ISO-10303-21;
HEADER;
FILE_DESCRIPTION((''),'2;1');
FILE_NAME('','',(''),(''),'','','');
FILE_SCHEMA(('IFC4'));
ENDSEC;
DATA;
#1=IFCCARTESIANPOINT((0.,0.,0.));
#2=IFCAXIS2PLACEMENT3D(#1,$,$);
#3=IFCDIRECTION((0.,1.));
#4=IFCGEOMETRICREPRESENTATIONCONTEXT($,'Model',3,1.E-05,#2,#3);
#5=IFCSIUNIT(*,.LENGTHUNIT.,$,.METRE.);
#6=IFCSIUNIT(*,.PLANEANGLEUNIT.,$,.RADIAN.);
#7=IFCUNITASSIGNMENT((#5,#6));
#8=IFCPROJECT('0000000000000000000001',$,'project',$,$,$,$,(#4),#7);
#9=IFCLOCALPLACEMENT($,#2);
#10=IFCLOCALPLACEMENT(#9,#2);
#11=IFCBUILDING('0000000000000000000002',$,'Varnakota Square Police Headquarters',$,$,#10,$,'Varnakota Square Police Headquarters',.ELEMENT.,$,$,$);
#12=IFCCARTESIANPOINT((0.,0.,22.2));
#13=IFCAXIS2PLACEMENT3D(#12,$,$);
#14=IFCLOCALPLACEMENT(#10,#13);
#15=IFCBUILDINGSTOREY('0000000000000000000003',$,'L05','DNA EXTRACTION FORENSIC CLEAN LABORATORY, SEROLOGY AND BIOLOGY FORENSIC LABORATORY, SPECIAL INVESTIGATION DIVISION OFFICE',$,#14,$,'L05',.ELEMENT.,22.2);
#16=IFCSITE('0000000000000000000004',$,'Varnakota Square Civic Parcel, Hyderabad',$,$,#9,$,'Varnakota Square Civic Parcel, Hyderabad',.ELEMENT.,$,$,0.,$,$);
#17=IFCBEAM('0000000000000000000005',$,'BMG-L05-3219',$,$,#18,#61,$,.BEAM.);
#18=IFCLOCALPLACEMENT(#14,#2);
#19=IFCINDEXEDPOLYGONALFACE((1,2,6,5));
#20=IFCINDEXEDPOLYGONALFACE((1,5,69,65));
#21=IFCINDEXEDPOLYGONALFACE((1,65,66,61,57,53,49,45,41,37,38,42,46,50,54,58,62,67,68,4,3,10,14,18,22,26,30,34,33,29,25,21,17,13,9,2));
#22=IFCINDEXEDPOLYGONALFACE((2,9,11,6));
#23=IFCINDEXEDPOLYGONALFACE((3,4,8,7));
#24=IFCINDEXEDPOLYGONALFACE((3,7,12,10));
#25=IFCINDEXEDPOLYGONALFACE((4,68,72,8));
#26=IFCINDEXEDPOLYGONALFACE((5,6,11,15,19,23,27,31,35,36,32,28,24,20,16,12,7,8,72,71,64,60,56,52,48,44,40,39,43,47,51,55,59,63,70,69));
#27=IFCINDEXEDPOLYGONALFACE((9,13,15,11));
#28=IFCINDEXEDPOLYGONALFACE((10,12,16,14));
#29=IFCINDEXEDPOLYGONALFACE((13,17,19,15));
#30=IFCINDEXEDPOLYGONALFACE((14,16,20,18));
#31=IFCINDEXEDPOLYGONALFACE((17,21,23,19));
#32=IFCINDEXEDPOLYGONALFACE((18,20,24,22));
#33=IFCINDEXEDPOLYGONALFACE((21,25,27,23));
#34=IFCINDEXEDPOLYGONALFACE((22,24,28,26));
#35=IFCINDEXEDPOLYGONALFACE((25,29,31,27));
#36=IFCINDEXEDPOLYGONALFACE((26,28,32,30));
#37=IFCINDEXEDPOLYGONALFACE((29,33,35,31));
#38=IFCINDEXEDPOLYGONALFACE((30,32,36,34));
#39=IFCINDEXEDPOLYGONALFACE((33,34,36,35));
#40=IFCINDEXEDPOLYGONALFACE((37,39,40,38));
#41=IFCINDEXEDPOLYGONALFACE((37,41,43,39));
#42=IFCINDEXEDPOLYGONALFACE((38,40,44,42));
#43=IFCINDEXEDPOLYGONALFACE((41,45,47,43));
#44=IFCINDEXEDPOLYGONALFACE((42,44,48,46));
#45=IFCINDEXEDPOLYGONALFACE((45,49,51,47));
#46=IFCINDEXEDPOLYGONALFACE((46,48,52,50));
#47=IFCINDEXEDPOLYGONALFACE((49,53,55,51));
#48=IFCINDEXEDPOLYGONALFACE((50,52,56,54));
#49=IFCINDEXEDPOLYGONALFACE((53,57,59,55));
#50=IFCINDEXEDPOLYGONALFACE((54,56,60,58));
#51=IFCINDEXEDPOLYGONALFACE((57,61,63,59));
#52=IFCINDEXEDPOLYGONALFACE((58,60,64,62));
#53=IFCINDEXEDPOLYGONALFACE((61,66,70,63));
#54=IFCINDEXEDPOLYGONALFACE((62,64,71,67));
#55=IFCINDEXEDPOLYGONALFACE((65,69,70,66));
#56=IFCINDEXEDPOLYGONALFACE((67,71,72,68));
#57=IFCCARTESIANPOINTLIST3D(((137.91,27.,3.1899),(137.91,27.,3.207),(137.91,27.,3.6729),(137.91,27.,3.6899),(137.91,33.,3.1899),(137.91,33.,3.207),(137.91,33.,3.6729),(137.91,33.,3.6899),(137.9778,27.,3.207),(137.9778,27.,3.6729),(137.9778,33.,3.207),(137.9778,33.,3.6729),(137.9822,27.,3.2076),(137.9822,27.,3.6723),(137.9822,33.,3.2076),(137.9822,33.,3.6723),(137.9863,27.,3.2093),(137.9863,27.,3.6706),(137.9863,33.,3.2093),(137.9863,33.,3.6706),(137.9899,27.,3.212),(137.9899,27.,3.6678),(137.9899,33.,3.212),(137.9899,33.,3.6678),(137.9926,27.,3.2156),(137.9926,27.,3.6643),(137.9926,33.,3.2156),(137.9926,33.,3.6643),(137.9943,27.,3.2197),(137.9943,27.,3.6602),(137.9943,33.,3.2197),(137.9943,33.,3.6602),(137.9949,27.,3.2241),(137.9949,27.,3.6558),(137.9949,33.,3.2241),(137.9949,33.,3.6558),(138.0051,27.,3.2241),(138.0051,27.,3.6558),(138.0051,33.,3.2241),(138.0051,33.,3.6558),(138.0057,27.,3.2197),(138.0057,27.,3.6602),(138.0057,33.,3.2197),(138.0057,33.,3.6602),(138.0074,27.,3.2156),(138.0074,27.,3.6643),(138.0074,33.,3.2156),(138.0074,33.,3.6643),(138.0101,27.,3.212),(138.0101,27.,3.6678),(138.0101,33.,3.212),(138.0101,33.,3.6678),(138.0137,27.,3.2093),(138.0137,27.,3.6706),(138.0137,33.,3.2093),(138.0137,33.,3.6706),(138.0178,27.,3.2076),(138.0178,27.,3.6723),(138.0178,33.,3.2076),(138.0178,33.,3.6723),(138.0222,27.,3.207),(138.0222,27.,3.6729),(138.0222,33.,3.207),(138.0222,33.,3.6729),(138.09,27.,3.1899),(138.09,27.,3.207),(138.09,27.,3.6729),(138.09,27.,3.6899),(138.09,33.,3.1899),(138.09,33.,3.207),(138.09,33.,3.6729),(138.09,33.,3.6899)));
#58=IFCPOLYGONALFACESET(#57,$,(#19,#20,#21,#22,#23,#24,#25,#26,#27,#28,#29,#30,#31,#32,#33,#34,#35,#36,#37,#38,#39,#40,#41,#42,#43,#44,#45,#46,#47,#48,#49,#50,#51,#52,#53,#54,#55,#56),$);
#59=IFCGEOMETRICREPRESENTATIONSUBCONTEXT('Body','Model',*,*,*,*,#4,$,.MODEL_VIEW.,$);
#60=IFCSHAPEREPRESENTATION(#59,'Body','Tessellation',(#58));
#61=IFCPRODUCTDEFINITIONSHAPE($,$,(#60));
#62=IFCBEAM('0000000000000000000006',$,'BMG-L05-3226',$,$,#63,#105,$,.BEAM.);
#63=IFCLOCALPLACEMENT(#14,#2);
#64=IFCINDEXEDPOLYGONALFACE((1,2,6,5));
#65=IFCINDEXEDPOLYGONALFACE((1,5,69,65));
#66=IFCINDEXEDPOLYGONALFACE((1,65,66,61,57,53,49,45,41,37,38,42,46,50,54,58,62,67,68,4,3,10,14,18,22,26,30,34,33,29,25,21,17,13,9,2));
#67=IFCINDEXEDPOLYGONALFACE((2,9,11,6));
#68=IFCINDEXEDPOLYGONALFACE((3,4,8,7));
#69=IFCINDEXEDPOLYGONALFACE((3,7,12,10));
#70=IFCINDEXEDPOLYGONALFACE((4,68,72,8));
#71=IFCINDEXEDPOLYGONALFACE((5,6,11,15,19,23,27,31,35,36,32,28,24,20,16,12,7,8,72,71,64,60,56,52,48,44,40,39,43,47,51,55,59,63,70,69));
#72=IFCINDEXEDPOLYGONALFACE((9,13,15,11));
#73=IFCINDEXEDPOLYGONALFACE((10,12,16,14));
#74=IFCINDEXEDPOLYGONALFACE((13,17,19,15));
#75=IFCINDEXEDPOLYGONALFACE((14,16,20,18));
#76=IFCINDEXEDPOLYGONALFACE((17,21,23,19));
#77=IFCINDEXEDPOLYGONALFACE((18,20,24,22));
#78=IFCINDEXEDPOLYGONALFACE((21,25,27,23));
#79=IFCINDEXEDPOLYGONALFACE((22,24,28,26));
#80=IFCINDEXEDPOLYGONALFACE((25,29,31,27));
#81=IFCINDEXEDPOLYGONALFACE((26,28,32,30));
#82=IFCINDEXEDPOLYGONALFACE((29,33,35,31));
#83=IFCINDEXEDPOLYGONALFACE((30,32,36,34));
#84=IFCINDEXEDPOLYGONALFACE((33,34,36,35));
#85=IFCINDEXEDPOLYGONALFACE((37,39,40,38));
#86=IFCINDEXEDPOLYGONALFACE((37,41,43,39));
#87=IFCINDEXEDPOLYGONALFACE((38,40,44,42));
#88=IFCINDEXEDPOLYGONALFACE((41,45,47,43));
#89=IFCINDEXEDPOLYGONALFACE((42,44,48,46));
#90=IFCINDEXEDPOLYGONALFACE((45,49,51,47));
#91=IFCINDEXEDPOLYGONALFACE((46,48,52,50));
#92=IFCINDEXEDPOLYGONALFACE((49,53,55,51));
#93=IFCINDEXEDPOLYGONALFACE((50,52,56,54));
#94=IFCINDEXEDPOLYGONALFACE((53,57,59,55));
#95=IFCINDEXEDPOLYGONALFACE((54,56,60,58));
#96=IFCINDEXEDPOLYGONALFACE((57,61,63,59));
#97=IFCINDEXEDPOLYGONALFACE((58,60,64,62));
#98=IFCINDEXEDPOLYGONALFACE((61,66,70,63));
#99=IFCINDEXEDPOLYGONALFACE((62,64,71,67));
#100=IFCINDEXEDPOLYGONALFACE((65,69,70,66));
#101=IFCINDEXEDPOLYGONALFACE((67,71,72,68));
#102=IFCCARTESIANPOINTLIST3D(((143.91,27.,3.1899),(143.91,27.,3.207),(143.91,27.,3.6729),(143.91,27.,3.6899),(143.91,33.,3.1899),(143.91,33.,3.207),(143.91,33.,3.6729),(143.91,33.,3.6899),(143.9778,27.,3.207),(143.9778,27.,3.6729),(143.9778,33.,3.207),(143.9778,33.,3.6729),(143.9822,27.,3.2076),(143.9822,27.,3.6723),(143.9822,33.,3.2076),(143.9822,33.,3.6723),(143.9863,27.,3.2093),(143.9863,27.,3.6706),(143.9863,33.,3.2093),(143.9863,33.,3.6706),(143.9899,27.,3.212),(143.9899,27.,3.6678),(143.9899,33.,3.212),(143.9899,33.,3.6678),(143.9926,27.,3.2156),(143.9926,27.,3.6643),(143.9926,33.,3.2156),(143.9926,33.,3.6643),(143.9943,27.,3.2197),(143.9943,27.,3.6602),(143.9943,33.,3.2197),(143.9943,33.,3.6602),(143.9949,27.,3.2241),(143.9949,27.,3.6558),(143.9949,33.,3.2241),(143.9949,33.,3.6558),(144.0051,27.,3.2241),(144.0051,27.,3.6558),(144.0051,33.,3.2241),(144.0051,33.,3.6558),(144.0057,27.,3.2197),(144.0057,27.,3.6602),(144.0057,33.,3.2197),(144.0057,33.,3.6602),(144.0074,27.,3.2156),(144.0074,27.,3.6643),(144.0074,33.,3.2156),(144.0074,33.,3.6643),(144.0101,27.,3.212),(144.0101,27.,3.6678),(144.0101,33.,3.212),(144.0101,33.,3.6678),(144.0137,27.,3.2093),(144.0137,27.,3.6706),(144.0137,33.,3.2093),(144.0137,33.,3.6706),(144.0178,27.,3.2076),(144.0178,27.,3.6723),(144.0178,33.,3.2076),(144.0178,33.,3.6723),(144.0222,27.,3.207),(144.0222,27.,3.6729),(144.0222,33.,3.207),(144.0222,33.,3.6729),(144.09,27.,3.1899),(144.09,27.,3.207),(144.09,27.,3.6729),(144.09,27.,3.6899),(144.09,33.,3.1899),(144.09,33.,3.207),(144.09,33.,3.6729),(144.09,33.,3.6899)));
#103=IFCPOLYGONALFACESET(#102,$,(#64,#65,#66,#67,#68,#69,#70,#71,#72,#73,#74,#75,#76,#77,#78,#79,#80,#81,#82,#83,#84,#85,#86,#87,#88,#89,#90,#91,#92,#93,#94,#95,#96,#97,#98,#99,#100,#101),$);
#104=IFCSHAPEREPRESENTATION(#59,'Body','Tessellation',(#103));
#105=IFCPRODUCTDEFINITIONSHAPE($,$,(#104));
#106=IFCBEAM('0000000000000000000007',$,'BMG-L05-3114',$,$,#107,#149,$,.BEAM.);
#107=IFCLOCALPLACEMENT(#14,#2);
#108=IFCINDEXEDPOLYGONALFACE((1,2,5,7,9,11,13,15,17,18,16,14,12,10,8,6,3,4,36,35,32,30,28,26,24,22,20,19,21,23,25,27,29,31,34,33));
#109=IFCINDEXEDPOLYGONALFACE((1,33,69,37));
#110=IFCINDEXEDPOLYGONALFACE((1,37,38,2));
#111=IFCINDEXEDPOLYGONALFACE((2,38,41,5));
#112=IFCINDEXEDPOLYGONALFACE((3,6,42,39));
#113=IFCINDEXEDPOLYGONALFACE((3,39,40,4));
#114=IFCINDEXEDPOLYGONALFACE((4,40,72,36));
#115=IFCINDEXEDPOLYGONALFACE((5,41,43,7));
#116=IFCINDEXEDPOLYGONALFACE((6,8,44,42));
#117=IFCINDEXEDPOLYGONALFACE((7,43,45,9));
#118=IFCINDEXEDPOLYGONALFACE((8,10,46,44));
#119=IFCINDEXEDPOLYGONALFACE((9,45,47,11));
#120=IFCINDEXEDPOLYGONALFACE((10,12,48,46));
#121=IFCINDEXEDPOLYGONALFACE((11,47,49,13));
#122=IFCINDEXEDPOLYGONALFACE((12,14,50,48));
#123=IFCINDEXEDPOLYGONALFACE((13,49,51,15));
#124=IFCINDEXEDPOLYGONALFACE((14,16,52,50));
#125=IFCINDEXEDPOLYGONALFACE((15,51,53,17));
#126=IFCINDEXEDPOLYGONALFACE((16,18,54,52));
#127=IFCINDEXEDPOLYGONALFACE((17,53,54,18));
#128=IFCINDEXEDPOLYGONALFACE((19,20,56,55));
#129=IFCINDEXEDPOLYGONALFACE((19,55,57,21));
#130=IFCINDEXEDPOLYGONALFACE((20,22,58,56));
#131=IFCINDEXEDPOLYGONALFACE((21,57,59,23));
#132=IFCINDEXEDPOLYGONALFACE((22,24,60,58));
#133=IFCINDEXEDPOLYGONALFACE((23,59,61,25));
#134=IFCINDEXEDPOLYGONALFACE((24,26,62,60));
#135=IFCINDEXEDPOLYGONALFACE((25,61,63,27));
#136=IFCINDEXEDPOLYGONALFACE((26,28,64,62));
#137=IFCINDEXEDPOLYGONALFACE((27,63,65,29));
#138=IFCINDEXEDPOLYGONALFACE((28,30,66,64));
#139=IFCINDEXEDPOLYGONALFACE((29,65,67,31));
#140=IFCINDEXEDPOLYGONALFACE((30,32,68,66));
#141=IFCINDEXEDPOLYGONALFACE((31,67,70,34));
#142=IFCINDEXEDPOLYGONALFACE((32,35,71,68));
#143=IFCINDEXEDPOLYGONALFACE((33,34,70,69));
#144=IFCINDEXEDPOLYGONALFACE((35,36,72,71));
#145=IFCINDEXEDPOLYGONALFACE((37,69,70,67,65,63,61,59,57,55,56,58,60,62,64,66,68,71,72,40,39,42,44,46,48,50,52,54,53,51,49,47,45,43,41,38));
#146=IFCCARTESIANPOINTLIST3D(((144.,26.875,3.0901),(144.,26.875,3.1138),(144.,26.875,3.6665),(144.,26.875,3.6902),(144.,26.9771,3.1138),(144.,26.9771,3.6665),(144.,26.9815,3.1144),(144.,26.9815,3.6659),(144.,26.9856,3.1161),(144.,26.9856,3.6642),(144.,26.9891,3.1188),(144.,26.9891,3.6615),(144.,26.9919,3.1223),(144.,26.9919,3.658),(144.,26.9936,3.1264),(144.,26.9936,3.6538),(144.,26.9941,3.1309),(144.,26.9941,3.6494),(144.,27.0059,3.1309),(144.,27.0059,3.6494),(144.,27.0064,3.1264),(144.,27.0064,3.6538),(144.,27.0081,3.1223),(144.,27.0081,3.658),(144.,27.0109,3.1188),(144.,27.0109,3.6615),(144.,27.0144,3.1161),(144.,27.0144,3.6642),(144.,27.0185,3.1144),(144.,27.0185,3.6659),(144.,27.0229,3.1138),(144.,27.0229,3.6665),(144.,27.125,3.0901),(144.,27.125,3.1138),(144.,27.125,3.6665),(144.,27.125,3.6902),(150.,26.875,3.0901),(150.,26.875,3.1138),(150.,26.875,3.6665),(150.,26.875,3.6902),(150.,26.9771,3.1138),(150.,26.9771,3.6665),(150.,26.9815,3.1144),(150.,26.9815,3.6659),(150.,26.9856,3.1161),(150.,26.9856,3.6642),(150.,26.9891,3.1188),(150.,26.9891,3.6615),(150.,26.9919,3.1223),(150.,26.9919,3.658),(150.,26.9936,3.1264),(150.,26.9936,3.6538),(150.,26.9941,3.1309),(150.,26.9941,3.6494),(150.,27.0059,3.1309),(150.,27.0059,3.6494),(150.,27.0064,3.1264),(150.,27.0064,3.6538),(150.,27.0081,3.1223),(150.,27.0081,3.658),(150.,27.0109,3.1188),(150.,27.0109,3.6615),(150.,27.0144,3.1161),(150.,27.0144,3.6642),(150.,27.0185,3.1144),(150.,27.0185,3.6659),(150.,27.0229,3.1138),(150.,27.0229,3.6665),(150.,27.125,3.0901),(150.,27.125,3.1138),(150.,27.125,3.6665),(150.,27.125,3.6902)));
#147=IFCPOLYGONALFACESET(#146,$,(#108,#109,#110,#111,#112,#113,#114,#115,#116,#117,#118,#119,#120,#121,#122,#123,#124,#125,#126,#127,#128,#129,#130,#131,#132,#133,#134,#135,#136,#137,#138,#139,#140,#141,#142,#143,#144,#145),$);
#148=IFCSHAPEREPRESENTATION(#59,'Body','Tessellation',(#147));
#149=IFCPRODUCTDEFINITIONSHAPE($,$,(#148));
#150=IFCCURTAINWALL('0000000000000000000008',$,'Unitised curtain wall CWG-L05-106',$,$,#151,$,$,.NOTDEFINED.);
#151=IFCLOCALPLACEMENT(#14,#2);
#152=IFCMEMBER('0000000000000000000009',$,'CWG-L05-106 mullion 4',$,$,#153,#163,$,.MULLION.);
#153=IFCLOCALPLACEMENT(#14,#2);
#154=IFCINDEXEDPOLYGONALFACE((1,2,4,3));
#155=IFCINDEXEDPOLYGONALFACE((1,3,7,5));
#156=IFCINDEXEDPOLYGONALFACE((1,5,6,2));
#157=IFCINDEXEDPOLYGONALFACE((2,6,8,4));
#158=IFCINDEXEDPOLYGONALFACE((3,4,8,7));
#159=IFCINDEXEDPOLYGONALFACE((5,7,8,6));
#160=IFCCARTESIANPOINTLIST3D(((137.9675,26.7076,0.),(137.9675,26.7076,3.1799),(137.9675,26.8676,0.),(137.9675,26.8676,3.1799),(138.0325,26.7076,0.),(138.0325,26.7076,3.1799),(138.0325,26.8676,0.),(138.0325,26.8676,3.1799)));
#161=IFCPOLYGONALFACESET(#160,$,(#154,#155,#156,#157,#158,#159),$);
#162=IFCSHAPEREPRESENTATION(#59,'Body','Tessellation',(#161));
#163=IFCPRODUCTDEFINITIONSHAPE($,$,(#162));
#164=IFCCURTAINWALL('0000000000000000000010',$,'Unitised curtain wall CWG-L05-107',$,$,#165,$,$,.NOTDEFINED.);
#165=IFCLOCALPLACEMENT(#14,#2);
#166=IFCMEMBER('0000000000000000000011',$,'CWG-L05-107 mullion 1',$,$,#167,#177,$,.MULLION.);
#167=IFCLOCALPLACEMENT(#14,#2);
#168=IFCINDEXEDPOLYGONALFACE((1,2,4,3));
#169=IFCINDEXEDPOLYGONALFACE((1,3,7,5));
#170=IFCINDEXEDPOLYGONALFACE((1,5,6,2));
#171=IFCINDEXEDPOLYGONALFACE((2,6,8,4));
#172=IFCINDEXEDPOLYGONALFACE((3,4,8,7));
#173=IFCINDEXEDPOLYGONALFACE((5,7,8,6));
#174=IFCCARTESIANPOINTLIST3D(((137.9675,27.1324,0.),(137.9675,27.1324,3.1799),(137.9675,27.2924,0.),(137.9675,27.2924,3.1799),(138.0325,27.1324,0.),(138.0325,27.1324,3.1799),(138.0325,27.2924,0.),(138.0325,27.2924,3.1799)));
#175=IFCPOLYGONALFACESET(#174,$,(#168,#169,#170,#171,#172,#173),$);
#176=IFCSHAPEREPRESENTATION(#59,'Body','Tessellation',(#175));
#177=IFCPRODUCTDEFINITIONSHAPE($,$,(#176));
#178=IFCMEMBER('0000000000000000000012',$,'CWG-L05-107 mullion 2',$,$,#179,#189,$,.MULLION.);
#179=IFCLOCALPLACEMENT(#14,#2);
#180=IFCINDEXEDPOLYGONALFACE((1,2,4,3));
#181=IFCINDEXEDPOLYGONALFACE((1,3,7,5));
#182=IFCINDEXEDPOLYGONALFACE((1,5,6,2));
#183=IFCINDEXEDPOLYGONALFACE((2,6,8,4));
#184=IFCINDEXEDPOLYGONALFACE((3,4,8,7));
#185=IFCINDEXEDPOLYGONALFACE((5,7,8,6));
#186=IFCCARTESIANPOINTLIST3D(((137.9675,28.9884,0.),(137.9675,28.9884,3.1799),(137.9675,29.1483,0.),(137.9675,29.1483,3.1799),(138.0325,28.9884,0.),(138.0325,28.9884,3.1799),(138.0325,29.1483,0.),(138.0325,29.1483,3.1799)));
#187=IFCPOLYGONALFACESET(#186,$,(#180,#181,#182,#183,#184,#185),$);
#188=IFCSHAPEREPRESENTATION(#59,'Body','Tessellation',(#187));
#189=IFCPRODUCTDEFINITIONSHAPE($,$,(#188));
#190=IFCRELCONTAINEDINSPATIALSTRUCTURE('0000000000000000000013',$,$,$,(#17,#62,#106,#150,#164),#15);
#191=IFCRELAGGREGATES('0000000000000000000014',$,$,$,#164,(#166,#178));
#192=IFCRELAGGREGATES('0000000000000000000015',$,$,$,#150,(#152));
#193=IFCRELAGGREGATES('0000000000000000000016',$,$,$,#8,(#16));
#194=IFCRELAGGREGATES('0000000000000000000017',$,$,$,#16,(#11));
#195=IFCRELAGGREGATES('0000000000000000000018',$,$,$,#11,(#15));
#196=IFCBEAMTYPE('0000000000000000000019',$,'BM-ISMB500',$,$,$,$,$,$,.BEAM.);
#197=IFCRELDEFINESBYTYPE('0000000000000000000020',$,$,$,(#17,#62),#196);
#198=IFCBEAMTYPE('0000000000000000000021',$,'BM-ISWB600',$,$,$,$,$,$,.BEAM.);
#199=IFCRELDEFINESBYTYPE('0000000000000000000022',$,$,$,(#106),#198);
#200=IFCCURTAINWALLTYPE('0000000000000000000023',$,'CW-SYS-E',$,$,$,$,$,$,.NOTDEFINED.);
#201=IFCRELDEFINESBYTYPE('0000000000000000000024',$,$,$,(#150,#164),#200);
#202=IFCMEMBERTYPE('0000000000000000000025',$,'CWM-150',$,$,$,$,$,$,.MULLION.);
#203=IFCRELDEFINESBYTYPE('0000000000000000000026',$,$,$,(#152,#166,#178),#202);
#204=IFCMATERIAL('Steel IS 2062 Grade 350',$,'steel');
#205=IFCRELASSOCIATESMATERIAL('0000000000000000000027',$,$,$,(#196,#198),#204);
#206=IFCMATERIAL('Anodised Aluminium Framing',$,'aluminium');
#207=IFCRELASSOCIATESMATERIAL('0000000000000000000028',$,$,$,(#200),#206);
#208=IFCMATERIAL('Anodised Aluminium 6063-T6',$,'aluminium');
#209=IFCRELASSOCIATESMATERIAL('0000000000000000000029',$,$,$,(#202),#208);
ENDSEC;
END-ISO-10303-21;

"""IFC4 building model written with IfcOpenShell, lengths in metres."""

from ifc_helpers import new_model, si_unit, direction, frame, origin, origin_2d, place, context, subcontext, project, spatial, rectangle, i_section, extrude, material, material_profile, profile_set, type_object, element, aggregate, save


model = new_model("IFC4")

# Units and contexts
model_context = context("Model", 3, precision=1e-05, world=origin(), true_north=direction((0.0, 1.0)))
body_context = subcontext(model_context, "Body", "Model", "MODEL_VIEW")
ifc_project = project(units=[si_unit("LENGTHUNIT", "METRE"), si_unit("PLANEANGLEUNIT", "RADIAN")], contexts=[model_context])

# Site, building, storey
site_placement = place(None, origin())
site = spatial("IfcSite", under=ifc_project, at=site_placement, Name="Varnakota Square Civic Parcel, Hyderabad", LongName="Varnakota Square Civic Parcel, Hyderabad", CompositionType="ELEMENT", RefElevation=0.0)
building_placement = place(site_placement, origin())
building = spatial("IfcBuilding", under=site, at=building_placement, Name="Varnakota Square Police Headquarters", LongName="Varnakota Square Police Headquarters", CompositionType="ELEMENT")
storey_placement = place(building_placement, frame((0.0, 0.0, 22.2)))
storey = spatial("IfcBuildingStorey", under=building, at=storey_placement, Name="L05", Description="DNA EXTRACTION FORENSIC CLEAN LABORATORY, SEROLOGY AND BIOLOGY FORENSIC LABORATORY, SPECIAL INVESTIGATION DIVISION OFFICE", LongName="L05", CompositionType="ELEMENT", Elevation=22.2)

# Shared definitions
ifc_material_1 = material(Name="Steel IS 2062 Grade 350", Category="steel")

# Beams
ifc_material_profile_1 = material_profile(ifc_material_1, i_section(OverallWidth=0.1799, OverallDepth=0.5, WebThickness=0.0103, FlangeThickness=0.0171, FilletRadius=0.0171, at=origin_2d()), Name="ISMB 500")
ifc_profile_set_1 = profile_set([ifc_material_profile_1], Name="Steel IS 2062 Grade 350")
beam_type_1 = type_object("IfcBeamType", Name="BM-ISMB500", PredefinedType="BEAM", material=ifc_profile_set_1)
for number, where, z_axis, x_axis, name in (
    (1, (138.0, 27.0, 3.4399), (0.0, 1.0, 0.0), (-1.0, 0.0, 0.0), "BMG-L05-3219"),
    (2, (144.0, 27.0, 3.4399), (0.0, 1.0, 0.0), (-1.0, 0.0, 0.0), "BMG-L05-3226"),
):
    element("IfcBeam", number, at=place(storey_placement, frame(where, z_axis=z_axis, x_axis=x_axis)), inside=storey, type_object=beam_type_1, Name=name, PredefinedType="BEAM", context=body_context, shape_type="SweptSolid", body=[
        extrude(i_section(OverallWidth=0.1799, OverallDepth=0.5, WebThickness=0.0103, FlangeThickness=0.0171, FilletRadius=0.0171, at=origin_2d()), origin(), (0.0, 0.0, 1.0), 6.0),
    ])
ifc_material_profile_2 = material_profile(ifc_material_1, i_section(OverallWidth=0.25, OverallDepth=0.6001, WebThickness=0.0117, FlangeThickness=0.0237, FilletRadius=0.0171, at=origin_2d()), Name="ISWB 600")
ifc_profile_set_2 = profile_set([ifc_material_profile_2], Name="Steel IS 2062 Grade 350")
beam_type_2 = type_object("IfcBeamType", Name="BM-ISWB600", PredefinedType="BEAM", material=ifc_profile_set_2)
beam_1_placement = place(storey_placement, frame((144.0, 27.0, 3.3901), z_axis=(1.0, 0.0, 0.0), x_axis=(0.0, 1.0, 0.0)))
element("IfcBeam", 3, at=beam_1_placement, inside=storey, type_object=beam_type_2, Name="BMG-L05-3114", PredefinedType="BEAM", context=body_context, shape_type="SweptSolid", body=[
    extrude(i_section(OverallWidth=0.25, OverallDepth=0.6001, WebThickness=0.0117, FlangeThickness=0.0237, FilletRadius=0.0171, at=origin_2d()), origin(), (0.0, 0.0, 1.0), 6.0),
])

# Curtain wall, member
ifc_material_2 = material(Name="Anodised Aluminium Framing", Category="aluminium")
curtain_wall_type = type_object("IfcCurtainWallType", Name="CW-SYS-E", PredefinedType="NOTDEFINED", material=ifc_material_2)
curtain_wall_1_placement = place(storey_placement, origin())
curtain_wall_1 = element("IfcCurtainWall", 4, at=curtain_wall_1_placement, inside=storey, type_object=curtain_wall_type, Name="Unitised curtain wall CWG-L05-106", PredefinedType="NOTDEFINED")
ifc_material_3 = material(Name="Anodised Aluminium 6063-T6", Category="aluminium")
ifc_material_profile_3 = material_profile(ifc_material_3, rectangle(XDim=0.0649, YDim=0.1599, at=origin_2d()), Name="ALU MULLION 65x160")
ifc_profile_set_3 = profile_set([ifc_material_profile_3], Name="Anodised Aluminium 6063-T6")
member_type_1 = type_object("IfcMemberType", Name="CWM-150", PredefinedType="MULLION", material=ifc_profile_set_3)
member_1_placement = place(storey_placement, frame((138.0, 26.7876, 0.0), z_axis=(0.0, 0.0, 1.0), x_axis=(-1.0, 0.0, 0.0)))
member_1 = element("IfcMember", 5, at=member_1_placement, type_object=member_type_1, Name="CWG-L05-106 mullion 4", PredefinedType="MULLION", context=body_context, shape_type="SweptSolid", body=[
    extrude(rectangle(XDim=0.0649, YDim=0.1599, at=origin_2d()), origin(), (0.0, 0.0, 1.0), 3.1799),
])

# Curtain wall, members
curtain_wall_2_placement = place(storey_placement, origin())
curtain_wall_2 = element("IfcCurtainWall", 6, at=curtain_wall_2_placement, inside=storey, type_object=curtain_wall_type, Name="Unitised curtain wall CWG-L05-107", PredefinedType="NOTDEFINED")
member_2_placement = place(storey_placement, frame((138.0, 27.2124, 0.0), z_axis=(0.0, 0.0, 1.0), x_axis=(-1.0, 0.0, 0.0)))
member_2 = element("IfcMember", 7, at=member_2_placement, type_object=member_type_1, Name="CWG-L05-107 mullion 1", PredefinedType="MULLION", context=body_context, shape_type="SweptSolid", body=[
    extrude(rectangle(XDim=0.0649, YDim=0.1599, at=origin_2d()), origin(), (0.0, 0.0, 1.0), 3.1799),
])
member_3_placement = place(storey_placement, frame((138.0, 29.0684, 0.0), z_axis=(0.0, 0.0, 1.0), x_axis=(-1.0, 0.0, 0.0)))
member_3 = element("IfcMember", 8, at=member_3_placement, type_object=member_type_1, Name="CWG-L05-107 mullion 2", PredefinedType="MULLION", context=body_context, shape_type="SweptSolid", body=[
    extrude(rectangle(XDim=0.0649, YDim=0.1599, at=origin_2d()), origin(), (0.0, 0.0, 1.0), 3.1799),
])

aggregate(curtain_wall_2, [member_2, member_3])
aggregate(curtain_wall_1, [member_1])

save(model, "model.ifc")
